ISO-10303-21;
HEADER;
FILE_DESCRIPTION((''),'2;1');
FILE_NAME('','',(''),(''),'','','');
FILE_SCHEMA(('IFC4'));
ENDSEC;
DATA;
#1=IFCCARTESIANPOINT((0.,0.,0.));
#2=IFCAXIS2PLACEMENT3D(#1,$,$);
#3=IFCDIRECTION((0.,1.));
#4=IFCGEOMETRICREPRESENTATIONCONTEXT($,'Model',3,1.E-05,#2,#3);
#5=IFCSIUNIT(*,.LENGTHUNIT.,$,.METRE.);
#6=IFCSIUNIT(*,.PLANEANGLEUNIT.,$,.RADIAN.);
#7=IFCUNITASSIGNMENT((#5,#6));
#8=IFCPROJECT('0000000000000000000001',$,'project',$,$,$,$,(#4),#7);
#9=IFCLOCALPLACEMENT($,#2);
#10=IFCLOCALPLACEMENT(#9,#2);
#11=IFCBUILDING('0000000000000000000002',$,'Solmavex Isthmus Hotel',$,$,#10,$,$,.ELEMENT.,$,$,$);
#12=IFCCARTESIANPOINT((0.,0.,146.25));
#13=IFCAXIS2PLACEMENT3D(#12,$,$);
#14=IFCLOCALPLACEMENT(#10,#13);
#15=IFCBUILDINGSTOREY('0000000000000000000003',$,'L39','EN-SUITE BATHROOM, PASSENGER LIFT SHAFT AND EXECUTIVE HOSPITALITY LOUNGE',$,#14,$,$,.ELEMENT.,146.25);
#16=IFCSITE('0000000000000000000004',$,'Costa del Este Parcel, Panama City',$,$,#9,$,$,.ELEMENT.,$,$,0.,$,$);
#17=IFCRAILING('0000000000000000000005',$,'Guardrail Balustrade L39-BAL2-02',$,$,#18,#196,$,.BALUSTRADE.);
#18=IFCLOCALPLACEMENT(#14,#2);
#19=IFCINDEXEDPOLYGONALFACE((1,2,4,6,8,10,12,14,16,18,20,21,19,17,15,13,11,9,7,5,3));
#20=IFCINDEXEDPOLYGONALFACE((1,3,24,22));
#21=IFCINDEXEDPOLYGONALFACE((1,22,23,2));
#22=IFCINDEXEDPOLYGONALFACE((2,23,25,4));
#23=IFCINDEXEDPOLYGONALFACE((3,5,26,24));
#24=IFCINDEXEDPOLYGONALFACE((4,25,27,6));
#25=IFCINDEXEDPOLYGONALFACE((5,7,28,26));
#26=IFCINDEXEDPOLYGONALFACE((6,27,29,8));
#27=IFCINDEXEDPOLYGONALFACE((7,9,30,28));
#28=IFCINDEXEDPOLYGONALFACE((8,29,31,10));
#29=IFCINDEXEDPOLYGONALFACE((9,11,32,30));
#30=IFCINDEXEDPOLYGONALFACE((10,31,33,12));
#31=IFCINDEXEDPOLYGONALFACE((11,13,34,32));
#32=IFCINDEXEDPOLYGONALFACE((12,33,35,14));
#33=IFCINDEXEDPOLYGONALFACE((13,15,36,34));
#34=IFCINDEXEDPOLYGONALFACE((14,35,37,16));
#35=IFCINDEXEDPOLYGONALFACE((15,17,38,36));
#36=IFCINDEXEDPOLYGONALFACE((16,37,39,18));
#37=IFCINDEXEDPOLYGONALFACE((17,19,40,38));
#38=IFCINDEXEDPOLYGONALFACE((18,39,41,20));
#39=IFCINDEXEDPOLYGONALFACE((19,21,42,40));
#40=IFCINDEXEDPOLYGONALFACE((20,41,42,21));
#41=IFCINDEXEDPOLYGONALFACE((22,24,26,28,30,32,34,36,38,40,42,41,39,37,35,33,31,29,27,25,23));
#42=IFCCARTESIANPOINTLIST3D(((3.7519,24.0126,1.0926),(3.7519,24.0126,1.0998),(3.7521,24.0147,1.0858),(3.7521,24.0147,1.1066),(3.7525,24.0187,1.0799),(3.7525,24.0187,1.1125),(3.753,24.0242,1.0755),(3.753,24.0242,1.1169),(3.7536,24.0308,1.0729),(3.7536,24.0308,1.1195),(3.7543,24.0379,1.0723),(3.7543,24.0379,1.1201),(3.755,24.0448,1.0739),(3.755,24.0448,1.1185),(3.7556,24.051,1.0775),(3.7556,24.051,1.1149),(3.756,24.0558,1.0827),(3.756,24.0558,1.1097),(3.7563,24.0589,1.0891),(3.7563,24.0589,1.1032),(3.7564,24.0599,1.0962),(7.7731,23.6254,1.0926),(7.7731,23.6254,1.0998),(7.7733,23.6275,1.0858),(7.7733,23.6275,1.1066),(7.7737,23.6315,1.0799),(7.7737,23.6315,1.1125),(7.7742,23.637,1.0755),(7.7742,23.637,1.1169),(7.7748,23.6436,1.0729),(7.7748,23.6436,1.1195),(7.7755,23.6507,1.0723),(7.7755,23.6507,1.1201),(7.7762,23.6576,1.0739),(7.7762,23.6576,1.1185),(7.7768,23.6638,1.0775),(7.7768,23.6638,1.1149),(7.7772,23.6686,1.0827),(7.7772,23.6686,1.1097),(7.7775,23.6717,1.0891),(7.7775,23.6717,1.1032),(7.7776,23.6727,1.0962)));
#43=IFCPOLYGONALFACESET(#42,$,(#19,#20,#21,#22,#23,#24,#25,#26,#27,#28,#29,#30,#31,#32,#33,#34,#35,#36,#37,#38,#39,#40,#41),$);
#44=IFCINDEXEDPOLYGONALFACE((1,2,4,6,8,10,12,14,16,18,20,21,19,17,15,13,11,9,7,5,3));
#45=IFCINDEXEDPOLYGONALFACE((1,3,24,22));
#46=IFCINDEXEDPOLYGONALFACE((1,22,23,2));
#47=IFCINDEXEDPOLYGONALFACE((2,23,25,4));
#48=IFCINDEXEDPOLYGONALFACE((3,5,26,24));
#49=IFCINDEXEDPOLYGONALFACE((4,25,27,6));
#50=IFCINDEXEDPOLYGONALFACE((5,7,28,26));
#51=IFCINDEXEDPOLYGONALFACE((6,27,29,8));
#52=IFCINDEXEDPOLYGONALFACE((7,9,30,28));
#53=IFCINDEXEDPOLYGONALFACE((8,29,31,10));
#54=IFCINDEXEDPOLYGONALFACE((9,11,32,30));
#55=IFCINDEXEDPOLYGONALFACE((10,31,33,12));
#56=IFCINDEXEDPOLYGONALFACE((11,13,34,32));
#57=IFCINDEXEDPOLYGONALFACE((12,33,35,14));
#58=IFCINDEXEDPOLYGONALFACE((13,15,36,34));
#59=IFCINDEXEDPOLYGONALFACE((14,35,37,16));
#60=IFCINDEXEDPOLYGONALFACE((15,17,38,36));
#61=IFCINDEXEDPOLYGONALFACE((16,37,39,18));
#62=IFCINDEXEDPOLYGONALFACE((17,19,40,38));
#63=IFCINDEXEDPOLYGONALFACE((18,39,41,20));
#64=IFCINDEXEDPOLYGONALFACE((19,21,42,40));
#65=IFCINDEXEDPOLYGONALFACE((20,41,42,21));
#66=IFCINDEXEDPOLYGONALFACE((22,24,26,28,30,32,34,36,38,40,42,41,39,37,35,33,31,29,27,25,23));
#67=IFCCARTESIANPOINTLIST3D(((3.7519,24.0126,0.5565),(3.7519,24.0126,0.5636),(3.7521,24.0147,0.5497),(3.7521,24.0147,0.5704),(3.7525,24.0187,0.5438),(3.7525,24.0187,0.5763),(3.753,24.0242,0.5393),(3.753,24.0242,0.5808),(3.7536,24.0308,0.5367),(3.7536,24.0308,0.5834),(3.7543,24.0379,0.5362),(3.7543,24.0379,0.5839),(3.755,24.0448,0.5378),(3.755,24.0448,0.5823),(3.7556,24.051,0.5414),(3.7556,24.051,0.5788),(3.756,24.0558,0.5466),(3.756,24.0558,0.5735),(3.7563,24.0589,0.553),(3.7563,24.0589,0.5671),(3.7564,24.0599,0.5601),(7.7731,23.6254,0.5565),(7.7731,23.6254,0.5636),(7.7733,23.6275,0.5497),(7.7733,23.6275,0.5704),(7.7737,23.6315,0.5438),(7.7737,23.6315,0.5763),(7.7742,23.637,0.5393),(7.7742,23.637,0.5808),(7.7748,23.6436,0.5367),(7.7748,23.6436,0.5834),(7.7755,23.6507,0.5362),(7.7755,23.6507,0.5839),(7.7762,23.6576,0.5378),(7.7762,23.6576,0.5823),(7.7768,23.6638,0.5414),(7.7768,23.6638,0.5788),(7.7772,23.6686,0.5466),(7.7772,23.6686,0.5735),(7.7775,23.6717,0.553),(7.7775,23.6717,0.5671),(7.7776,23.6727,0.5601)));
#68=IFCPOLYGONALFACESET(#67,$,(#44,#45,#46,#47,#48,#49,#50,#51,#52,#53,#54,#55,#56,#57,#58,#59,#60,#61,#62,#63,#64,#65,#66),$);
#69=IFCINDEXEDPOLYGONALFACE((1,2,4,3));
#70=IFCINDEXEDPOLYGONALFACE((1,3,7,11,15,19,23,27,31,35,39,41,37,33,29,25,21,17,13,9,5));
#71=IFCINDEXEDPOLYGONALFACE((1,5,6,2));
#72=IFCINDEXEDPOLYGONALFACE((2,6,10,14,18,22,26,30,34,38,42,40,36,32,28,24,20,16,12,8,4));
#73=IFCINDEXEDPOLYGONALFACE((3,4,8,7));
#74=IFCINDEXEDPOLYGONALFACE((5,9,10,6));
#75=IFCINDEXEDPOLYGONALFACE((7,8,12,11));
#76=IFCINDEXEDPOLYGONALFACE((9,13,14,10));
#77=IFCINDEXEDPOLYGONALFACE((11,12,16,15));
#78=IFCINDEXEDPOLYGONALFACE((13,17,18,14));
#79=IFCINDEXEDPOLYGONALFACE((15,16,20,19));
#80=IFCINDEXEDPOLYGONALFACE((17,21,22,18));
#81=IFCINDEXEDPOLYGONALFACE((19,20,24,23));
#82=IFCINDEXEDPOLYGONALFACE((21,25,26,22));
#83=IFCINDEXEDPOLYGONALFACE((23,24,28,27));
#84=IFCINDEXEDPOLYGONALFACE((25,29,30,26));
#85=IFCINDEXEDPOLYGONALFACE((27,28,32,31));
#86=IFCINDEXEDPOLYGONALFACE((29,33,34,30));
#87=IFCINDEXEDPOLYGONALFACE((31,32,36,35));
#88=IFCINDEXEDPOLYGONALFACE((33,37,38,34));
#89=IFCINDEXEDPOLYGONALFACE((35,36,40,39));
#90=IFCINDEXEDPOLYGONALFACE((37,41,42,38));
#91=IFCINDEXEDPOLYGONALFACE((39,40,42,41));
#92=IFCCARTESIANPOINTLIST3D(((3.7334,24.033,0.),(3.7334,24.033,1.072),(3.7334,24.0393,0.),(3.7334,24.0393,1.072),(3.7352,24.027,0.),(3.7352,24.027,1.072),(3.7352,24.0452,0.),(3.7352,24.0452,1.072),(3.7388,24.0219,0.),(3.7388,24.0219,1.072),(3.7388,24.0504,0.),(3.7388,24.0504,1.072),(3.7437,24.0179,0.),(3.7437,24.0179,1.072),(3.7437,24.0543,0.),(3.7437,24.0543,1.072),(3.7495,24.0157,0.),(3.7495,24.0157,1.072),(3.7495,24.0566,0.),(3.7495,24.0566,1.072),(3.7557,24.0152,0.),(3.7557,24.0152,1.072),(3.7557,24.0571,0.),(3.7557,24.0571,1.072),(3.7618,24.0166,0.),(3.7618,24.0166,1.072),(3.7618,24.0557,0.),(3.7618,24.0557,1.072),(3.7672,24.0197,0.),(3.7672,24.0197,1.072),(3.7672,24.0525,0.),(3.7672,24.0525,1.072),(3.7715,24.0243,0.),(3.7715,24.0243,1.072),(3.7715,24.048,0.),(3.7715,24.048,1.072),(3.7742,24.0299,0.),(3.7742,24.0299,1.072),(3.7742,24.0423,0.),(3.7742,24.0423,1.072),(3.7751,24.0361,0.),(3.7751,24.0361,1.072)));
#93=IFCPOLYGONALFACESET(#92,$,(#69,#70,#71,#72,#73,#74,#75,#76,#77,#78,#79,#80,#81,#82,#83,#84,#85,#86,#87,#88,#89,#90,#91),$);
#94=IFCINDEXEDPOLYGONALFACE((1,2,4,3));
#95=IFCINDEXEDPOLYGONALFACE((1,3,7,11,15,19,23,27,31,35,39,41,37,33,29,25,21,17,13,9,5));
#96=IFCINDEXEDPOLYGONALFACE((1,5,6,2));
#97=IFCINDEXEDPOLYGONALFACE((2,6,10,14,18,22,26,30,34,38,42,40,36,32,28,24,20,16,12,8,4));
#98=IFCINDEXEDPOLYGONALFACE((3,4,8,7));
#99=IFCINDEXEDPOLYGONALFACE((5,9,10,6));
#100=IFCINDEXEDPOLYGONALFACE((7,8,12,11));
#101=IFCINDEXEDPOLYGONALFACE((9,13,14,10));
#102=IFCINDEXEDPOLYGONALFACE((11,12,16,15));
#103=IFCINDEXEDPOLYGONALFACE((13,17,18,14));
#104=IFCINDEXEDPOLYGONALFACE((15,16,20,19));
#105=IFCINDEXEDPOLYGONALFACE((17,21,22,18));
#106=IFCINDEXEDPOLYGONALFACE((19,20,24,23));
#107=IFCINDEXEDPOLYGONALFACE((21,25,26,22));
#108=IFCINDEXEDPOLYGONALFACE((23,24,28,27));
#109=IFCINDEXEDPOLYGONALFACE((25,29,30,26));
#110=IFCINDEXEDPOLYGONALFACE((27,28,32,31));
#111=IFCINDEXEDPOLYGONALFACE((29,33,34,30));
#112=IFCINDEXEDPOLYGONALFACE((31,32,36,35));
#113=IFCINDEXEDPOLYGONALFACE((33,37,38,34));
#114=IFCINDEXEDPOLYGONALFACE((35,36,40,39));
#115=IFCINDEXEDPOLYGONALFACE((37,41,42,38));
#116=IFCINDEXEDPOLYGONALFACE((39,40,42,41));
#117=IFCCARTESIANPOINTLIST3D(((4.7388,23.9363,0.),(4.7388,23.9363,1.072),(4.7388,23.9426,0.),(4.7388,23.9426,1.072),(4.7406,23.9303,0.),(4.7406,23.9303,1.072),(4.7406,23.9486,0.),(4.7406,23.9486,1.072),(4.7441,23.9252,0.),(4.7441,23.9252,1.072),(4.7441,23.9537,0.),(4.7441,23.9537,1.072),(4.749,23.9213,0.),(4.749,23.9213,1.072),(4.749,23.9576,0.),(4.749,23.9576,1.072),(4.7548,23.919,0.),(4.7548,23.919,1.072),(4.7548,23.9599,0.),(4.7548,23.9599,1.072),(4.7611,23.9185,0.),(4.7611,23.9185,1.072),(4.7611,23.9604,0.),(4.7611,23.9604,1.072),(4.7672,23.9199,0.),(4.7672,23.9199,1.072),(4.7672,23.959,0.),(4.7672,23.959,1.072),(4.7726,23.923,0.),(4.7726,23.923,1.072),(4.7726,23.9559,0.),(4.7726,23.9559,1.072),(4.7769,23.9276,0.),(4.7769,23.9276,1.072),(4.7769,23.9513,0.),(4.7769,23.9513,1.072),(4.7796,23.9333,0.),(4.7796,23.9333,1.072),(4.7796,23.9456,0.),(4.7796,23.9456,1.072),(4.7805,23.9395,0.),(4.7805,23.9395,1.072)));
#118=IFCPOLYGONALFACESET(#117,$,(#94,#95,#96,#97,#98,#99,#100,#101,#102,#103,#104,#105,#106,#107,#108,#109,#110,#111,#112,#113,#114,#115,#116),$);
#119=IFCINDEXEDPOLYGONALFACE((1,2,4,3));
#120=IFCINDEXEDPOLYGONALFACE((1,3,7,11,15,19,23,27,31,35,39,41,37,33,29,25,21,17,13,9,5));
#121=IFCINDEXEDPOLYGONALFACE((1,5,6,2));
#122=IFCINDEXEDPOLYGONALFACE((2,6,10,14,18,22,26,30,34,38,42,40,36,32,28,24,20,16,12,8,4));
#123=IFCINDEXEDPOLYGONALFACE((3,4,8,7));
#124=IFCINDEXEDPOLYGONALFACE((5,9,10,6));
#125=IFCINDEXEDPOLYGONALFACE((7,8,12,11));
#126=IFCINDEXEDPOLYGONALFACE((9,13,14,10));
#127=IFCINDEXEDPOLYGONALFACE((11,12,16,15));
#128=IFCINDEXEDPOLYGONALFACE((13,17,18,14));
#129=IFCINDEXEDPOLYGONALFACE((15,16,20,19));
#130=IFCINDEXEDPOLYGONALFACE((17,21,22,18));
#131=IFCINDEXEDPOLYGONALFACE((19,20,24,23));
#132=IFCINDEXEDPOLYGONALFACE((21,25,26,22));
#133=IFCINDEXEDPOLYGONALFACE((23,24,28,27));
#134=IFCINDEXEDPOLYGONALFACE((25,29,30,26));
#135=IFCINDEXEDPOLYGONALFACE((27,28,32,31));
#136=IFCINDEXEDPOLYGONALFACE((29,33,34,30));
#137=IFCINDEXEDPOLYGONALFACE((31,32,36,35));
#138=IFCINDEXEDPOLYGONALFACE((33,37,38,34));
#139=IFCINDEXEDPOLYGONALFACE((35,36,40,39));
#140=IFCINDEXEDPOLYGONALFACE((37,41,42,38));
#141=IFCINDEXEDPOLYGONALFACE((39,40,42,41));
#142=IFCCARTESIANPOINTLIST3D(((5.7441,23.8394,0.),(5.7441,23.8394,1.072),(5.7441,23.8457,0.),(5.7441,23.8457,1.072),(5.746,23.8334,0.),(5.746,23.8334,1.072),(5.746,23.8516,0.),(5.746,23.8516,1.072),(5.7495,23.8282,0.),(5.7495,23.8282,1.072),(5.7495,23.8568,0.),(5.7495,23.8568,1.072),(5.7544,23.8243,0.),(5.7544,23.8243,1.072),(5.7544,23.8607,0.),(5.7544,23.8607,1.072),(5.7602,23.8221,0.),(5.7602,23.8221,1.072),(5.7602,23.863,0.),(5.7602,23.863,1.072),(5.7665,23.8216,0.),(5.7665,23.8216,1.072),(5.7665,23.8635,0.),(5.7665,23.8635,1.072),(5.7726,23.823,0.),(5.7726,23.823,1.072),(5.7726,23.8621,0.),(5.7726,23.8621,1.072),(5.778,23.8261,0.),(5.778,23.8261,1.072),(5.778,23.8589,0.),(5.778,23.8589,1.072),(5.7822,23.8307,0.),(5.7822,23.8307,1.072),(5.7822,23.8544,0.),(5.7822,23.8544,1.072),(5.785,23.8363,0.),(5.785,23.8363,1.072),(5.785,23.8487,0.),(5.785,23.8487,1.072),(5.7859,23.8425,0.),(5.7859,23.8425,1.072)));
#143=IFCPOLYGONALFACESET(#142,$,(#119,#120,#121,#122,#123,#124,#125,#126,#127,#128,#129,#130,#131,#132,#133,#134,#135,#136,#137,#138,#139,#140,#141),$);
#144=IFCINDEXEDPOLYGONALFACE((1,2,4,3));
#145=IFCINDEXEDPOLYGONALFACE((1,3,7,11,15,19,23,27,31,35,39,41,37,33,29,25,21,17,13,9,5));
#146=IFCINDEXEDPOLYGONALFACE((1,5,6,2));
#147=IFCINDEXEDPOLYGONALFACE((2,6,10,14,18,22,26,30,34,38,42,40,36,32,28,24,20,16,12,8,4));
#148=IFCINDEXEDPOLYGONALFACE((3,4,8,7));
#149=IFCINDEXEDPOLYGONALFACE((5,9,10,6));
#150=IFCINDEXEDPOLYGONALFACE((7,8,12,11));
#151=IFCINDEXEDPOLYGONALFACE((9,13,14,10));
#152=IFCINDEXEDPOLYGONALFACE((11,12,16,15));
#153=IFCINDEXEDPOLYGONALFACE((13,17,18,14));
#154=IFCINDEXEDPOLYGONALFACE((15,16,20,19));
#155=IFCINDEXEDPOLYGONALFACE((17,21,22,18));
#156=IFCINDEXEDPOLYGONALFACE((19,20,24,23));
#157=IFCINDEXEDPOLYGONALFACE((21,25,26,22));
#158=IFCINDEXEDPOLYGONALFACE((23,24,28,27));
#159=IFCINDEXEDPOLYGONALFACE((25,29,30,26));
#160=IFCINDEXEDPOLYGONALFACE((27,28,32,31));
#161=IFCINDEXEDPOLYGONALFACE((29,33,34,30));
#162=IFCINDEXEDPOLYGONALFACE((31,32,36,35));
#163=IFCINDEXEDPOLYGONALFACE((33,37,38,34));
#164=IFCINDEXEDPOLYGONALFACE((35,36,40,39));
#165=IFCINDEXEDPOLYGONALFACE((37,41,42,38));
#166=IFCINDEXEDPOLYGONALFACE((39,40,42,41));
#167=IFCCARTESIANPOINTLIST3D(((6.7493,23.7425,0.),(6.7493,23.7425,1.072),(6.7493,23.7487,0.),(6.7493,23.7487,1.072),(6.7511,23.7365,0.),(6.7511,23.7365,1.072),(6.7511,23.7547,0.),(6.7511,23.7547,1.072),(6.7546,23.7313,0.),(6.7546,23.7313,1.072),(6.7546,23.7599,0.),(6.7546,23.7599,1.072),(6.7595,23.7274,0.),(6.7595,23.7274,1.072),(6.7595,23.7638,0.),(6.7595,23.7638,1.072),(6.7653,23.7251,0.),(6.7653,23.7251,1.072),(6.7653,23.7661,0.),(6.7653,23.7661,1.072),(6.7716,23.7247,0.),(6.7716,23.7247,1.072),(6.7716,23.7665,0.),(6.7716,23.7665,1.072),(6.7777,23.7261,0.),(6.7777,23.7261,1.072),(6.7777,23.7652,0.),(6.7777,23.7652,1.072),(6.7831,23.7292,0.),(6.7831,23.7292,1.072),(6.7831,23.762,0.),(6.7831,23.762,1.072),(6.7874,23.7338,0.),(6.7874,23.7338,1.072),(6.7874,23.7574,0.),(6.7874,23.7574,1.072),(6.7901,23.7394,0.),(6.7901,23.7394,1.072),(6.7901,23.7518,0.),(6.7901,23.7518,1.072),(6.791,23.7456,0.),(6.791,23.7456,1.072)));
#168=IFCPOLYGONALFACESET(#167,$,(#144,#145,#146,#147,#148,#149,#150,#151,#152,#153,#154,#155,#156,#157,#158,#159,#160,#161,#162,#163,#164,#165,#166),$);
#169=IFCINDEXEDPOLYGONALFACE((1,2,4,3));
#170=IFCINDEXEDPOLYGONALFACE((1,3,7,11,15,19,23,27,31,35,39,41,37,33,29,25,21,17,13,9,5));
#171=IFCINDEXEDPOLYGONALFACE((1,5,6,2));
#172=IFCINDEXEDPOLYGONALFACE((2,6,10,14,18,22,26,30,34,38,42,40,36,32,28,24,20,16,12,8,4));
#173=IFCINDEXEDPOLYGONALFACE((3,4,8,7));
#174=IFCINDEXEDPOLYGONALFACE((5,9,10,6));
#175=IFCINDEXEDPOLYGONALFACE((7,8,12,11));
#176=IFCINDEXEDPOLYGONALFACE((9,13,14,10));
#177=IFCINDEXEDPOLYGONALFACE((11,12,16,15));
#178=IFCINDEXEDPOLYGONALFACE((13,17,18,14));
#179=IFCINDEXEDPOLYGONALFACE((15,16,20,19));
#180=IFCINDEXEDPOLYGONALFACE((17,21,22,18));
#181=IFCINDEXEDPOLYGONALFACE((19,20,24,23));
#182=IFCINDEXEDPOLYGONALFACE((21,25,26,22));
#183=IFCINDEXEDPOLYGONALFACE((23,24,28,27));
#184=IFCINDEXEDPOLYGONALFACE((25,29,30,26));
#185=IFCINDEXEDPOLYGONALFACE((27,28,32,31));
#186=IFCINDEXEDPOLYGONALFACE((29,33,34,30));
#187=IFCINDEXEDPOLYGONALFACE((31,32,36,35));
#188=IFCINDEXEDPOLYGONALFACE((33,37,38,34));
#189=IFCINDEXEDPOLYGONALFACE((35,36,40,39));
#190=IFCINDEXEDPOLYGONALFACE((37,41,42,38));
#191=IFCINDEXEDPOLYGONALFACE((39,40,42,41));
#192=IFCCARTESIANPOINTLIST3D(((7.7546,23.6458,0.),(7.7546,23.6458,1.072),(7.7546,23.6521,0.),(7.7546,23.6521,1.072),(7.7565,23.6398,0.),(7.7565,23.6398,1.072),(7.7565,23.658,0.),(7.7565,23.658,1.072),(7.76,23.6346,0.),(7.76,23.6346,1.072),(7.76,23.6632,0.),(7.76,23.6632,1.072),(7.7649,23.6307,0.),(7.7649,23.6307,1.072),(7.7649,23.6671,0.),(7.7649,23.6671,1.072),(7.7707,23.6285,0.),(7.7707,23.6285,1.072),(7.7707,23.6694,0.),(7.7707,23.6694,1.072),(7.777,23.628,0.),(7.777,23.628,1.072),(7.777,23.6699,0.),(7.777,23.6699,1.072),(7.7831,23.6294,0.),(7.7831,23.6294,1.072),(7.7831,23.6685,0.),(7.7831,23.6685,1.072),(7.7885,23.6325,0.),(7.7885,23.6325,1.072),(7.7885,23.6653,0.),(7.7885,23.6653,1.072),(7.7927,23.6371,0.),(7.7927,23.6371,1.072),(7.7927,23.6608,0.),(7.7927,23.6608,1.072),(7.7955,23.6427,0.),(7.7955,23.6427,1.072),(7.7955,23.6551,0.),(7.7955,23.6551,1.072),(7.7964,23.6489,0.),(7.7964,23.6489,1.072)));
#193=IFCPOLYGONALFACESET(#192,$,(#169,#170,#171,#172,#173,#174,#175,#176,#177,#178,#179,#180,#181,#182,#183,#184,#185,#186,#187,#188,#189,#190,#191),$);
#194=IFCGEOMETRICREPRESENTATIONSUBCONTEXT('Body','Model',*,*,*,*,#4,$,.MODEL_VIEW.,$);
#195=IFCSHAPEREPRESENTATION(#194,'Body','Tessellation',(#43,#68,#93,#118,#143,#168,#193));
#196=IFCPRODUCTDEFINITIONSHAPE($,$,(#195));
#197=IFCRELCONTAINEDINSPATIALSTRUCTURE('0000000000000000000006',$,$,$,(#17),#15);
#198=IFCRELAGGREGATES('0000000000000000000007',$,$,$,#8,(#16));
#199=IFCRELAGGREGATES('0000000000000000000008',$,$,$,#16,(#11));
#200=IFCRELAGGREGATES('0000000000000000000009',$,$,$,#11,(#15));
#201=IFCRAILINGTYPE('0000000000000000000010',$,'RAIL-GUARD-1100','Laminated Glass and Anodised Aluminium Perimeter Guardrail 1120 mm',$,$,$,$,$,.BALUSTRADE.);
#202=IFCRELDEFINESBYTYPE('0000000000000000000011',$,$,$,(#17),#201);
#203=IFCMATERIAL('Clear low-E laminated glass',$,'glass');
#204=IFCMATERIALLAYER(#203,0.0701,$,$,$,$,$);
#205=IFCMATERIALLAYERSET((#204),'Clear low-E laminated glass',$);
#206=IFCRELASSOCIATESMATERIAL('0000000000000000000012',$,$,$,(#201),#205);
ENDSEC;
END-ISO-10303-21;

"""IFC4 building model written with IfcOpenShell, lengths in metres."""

from ifc_helpers import new_model, si_unit, direction, frame, origin, origin_2d, place, context, subcontext, project, spatial, circle, extrude, material, layer, layer_set, type_object, element, save


model = new_model("IFC4")

# Units and contexts
model_context = context("Model", 3, precision=1e-05, world=origin(), true_north=direction((0.0, 1.0)))
body_context = subcontext(model_context, "Body", "Model", "MODEL_VIEW")
ifc_project = project(units=[si_unit("LENGTHUNIT", "METRE"), si_unit("PLANEANGLEUNIT", "RADIAN")], contexts=[model_context])

# Site, building, storey
site_placement = place(None, origin())
site = spatial("IfcSite", under=ifc_project, at=site_placement, Name="Costa del Este Parcel, Panama City", CompositionType="ELEMENT", RefElevation=0.0)
building_placement = place(site_placement, origin())
building = spatial("IfcBuilding", under=site, at=building_placement, Name="Solmavex Isthmus Hotel", CompositionType="ELEMENT")
storey_placement = place(building_placement, frame((0.0, 0.0, 146.25)))
storey = spatial("IfcBuildingStorey", under=building, at=storey_placement, Name="L39", Description="EN-SUITE BATHROOM, PASSENGER LIFT SHAFT AND EXECUTIVE HOSPITALITY LOUNGE", CompositionType="ELEMENT", Elevation=146.25)

# Shared definitions
ifc_material_1 = material(Name="Clear low-E laminated glass", Category="glass")

# Railing
ifc_layer_1 = layer(ifc_material_1, 0.0701)
ifc_layer_set_1 = layer_set([ifc_layer_1], Name="Clear low-E laminated glass")
railing_type = type_object("IfcRailingType", Name="RAIL-GUARD-1100", Description="Laminated Glass and Anodised Aluminium Perimeter Guardrail 1120 mm", PredefinedType="BALUSTRADE", material=ifc_layer_set_1)
railing_1_placement = place(storey_placement, frame((3.7542, 24.0361, 0.0)))
element("IfcRailing", 1, at=railing_1_placement, inside=storey, type_object=railing_type, Name="Guardrail Balustrade L39-BAL2-02", PredefinedType="BALUSTRADE", context=body_context, shape_type="SweptSolid", body=[
    extrude(circle(Radius=0.0239, at=origin_2d()), frame((0.0, 0.0, 1.0962), z_axis=(0.995396, -0.095847, 0.0), x_axis=(0.095847, 0.995396, 0.0)), (0.0, 0.0, 1.0), 4.0398),
    extrude(circle(Radius=0.0239, at=origin_2d()), frame((0.0, 0.0, 0.5601), z_axis=(0.995396, -0.095847, 0.0), x_axis=(0.095847, 0.995396, 0.0)), (0.0, 0.0, 1.0), 4.0398),
    extrude(circle(Radius=0.021, at=origin_2d()), origin(), (0.0, 0.0, 1.0), 1.072),
    extrude(circle(Radius=0.021, at=origin_2d()), frame((1.0054, -0.0967, 0.0)), (0.0, 0.0, 1.0), 1.072),
    extrude(circle(Radius=0.021, at=origin_2d()), frame((2.0107, -0.1936, 0.0)), (0.0, 0.0, 1.0), 1.072),
    extrude(circle(Radius=0.021, at=origin_2d()), frame((3.0159, -0.2905, 0.0)), (0.0, 0.0, 1.0), 1.072),
    extrude(circle(Radius=0.021, at=origin_2d()), frame((4.0212, -0.3872, 0.0)), (0.0, 0.0, 1.0), 1.072),
])

save(model, "model.ifc")
